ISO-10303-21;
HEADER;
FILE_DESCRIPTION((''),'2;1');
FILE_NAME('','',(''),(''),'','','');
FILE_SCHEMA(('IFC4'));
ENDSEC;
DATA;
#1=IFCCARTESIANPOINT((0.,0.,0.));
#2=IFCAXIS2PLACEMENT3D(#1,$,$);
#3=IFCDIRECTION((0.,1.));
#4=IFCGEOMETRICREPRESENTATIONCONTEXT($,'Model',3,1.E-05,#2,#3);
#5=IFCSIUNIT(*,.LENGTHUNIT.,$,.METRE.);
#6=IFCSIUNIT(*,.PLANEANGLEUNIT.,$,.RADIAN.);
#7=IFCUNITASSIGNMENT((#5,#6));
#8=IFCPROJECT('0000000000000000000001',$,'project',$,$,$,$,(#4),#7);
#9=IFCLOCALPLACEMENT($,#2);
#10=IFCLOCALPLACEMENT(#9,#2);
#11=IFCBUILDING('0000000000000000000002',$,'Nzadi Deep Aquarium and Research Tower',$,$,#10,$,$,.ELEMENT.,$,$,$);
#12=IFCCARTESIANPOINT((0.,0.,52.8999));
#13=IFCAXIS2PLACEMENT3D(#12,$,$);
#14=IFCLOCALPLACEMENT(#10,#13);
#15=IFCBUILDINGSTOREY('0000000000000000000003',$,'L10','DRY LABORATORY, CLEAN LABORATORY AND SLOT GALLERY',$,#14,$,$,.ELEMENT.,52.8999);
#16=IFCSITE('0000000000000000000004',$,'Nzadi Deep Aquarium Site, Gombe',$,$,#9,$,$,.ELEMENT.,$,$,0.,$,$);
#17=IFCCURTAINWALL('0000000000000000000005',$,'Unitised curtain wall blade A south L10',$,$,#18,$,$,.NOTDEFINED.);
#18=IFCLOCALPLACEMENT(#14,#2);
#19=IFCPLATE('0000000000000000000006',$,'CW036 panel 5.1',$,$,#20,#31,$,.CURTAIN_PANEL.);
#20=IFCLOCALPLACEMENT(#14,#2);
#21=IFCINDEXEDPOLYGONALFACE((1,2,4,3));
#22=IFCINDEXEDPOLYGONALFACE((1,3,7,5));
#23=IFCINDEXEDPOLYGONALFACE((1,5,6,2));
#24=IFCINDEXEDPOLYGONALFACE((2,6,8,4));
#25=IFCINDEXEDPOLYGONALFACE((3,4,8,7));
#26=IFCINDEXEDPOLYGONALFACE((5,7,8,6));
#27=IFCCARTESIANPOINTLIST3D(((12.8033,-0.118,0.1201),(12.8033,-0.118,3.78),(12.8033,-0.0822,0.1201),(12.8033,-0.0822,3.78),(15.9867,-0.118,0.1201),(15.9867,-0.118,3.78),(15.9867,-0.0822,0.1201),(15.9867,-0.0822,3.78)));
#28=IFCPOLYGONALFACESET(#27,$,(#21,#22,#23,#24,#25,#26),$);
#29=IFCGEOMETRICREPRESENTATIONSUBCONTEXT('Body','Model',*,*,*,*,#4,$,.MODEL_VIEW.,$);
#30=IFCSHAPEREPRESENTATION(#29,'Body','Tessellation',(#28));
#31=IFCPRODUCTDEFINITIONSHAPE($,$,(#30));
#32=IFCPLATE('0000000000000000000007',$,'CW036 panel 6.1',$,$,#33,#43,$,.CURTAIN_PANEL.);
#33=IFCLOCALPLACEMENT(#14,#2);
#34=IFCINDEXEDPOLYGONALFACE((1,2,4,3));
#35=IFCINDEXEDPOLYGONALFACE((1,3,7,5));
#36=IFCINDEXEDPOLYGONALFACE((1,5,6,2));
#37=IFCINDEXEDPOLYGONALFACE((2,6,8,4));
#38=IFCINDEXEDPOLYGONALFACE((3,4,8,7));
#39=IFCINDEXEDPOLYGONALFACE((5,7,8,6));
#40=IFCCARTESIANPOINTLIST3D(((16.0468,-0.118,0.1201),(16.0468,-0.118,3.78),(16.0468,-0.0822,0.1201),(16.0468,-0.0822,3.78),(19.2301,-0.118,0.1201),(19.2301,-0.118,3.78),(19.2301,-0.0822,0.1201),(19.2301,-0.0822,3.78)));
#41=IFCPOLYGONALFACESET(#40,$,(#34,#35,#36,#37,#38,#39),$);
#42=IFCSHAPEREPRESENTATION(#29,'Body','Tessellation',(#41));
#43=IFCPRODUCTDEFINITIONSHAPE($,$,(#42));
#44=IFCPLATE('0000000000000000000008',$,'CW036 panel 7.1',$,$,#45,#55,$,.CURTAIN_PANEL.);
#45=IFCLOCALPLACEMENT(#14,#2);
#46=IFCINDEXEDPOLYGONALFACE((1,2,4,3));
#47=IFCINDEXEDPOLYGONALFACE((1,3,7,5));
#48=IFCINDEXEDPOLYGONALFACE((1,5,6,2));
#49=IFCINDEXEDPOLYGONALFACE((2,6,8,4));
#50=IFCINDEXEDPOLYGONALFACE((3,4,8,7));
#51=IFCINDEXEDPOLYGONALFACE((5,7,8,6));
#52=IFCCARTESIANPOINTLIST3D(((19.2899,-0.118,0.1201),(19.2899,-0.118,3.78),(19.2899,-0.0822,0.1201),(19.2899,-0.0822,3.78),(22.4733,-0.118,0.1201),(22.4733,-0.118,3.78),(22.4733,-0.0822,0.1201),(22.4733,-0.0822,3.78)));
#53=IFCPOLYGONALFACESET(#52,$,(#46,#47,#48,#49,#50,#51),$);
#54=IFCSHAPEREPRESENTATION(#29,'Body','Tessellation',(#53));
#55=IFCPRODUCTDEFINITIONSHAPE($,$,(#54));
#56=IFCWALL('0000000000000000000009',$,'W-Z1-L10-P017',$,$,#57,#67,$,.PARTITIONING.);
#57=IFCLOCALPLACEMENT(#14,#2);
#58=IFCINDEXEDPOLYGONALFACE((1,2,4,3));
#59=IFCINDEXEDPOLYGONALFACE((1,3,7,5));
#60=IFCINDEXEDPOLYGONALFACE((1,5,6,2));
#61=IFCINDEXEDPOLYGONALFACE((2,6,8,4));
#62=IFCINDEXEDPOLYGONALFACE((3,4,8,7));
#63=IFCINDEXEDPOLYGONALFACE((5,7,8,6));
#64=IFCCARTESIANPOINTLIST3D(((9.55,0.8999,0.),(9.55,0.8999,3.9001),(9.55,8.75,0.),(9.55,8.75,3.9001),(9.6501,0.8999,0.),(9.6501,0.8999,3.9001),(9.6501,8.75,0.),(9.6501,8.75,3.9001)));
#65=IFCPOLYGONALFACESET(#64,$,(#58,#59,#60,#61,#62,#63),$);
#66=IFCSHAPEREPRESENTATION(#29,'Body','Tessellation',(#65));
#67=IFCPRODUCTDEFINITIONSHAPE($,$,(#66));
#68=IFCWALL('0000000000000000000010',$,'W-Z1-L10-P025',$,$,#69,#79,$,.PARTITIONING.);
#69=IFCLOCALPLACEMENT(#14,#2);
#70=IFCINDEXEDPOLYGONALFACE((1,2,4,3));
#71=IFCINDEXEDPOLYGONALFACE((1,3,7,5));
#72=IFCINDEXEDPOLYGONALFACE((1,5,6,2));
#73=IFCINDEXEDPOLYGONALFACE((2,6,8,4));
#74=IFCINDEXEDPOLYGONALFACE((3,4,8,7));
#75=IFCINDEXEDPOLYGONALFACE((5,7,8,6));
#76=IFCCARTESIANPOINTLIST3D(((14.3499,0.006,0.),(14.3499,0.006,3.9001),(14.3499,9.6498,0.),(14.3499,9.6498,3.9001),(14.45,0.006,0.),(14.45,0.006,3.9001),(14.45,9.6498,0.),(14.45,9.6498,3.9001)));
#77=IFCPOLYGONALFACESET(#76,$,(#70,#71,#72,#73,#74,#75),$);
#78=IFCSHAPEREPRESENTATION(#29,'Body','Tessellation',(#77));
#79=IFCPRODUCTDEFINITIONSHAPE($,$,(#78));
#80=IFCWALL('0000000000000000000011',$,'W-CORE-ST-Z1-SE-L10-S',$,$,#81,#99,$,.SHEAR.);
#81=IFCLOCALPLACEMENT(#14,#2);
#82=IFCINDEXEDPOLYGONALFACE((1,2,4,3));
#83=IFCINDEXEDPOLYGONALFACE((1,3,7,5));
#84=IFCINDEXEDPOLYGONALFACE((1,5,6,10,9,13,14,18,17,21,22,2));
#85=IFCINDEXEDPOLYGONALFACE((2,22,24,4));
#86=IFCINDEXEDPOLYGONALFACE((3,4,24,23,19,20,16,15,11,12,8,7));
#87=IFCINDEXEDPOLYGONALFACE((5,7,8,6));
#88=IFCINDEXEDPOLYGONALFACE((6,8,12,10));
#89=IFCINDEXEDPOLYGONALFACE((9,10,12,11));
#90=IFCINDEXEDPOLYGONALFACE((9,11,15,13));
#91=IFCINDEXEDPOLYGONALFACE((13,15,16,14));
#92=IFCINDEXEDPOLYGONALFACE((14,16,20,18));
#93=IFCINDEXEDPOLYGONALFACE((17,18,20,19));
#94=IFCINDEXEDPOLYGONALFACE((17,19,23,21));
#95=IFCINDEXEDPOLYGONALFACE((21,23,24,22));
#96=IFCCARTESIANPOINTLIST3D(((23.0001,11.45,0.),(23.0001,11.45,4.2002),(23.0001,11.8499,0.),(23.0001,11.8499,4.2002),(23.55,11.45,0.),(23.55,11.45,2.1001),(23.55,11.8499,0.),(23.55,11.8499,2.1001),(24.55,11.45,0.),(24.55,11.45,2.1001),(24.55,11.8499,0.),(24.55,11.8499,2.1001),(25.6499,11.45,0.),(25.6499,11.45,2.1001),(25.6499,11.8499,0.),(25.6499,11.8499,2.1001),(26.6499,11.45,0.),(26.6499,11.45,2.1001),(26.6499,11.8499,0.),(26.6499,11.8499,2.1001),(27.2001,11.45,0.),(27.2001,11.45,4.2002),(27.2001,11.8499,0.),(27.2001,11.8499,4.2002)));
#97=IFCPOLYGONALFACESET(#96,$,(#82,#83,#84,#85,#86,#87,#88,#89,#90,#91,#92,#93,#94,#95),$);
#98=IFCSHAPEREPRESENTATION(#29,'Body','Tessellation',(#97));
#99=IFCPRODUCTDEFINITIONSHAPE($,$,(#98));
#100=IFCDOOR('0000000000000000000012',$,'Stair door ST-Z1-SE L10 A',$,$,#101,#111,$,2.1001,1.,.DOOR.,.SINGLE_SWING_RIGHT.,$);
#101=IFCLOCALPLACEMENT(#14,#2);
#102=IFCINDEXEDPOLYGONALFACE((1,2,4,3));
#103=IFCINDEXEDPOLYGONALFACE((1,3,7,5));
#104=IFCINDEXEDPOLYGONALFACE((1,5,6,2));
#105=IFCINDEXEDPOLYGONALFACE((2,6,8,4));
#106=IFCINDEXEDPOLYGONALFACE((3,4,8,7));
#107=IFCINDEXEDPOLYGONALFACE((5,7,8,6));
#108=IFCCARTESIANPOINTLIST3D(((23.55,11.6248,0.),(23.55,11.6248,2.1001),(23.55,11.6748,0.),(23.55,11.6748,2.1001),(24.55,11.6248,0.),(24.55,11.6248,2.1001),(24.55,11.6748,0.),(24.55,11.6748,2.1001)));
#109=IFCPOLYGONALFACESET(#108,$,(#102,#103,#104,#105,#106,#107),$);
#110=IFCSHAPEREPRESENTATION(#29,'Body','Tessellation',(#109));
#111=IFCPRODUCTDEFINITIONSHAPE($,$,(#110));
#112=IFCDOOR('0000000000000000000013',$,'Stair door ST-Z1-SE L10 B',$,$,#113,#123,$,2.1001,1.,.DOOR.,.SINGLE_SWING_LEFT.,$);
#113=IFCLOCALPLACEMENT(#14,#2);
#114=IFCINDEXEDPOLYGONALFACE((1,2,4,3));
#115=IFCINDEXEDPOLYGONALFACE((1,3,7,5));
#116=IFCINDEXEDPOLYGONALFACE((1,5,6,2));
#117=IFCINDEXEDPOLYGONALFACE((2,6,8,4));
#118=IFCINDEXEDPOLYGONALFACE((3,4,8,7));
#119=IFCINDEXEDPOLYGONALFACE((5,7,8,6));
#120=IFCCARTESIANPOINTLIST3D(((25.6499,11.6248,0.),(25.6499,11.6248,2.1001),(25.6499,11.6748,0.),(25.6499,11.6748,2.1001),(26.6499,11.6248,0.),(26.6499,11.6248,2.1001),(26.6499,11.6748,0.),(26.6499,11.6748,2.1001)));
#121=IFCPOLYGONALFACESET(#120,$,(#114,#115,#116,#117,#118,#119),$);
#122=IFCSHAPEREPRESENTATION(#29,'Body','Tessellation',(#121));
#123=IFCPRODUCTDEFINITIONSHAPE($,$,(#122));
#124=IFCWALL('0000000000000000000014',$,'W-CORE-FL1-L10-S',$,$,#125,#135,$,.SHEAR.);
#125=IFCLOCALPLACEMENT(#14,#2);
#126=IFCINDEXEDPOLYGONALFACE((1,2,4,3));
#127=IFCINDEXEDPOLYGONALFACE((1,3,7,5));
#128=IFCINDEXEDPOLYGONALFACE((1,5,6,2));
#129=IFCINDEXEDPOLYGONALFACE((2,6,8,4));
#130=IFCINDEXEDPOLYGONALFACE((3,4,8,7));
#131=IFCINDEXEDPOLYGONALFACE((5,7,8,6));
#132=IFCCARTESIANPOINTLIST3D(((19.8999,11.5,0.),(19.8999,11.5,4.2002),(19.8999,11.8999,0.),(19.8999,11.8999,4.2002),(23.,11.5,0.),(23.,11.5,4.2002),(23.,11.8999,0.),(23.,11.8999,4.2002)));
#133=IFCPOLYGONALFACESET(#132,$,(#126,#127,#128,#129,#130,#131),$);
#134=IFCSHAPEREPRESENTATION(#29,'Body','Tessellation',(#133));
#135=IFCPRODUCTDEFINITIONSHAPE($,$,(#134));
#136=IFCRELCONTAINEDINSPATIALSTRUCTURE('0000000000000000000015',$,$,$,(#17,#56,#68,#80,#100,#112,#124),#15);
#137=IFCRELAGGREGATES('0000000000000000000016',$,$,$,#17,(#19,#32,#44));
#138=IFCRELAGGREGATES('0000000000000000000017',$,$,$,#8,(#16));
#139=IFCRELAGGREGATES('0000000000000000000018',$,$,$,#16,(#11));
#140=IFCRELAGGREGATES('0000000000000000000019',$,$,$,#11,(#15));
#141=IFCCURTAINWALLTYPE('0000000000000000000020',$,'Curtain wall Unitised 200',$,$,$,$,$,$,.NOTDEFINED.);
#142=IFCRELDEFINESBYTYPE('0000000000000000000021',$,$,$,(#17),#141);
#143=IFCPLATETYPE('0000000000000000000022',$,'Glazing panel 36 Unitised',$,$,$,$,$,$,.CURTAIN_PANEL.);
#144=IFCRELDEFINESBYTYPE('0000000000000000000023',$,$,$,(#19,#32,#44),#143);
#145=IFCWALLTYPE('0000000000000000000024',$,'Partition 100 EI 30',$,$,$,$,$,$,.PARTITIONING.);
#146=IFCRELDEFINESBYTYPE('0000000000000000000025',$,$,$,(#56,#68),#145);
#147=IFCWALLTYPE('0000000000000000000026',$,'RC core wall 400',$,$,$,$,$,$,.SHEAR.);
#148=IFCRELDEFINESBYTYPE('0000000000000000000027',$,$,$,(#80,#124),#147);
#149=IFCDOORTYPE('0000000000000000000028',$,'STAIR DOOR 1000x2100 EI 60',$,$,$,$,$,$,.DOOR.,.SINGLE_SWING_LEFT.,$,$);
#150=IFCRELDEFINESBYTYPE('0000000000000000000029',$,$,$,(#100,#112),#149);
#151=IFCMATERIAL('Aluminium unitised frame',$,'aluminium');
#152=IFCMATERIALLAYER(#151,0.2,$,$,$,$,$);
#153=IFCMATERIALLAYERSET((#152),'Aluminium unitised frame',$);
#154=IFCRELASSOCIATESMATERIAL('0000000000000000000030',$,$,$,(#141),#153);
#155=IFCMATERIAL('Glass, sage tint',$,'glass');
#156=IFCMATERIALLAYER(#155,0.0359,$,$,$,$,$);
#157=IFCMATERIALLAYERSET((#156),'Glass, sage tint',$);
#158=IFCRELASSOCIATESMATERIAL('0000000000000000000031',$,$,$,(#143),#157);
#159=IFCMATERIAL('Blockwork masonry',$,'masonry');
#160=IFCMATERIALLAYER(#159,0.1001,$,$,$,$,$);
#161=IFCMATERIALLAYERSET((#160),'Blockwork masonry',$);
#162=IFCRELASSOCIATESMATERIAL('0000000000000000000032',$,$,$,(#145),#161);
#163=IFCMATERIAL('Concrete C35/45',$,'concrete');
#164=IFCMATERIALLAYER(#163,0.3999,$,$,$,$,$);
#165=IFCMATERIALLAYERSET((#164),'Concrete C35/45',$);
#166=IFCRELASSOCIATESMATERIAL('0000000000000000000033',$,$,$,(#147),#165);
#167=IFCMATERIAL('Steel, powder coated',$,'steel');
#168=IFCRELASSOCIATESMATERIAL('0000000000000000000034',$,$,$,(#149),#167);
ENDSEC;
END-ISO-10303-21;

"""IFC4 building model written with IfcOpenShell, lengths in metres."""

from ifc_helpers import new_model, si_unit, direction, frame, frame_2d, origin, origin_2d, place, context, subcontext, project, spatial, rectangle, extrude, material, layer, layer_set, type_object, element, fill, aggregate, save


model = new_model("IFC4")

# Units and contexts
model_context = context("Model", 3, precision=1e-05, world=origin(), true_north=direction((0.0, 1.0)))
body_context = subcontext(model_context, "Body", "Model", "MODEL_VIEW")
ifc_project = project(units=[si_unit("LENGTHUNIT", "METRE"), si_unit("PLANEANGLEUNIT", "RADIAN")], contexts=[model_context])

# Site, building, storey
site_placement = place(None, origin())
site = spatial("IfcSite", under=ifc_project, at=site_placement, Name="Nzadi Deep Aquarium Site, Gombe", CompositionType="ELEMENT", RefElevation=0.0)
building_placement = place(site_placement, origin())
building = spatial("IfcBuilding", under=site, at=building_placement, Name="Nzadi Deep Aquarium and Research Tower", CompositionType="ELEMENT")
storey_placement = place(building_placement, frame((0.0, 0.0, 52.8999)))
storey = spatial("IfcBuildingStorey", under=building, at=storey_placement, Name="L10", Description="DRY LABORATORY, CLEAN LABORATORY AND SLOT GALLERY", CompositionType="ELEMENT", Elevation=52.8999)

# Curtain wall
ifc_material_1 = material(Name="Aluminium unitised frame", Category="aluminium")
ifc_layer_1 = layer(ifc_material_1, 0.2)
ifc_layer_set_1 = layer_set([ifc_layer_1], Name="Aluminium unitised frame")
curtain_wall_type = type_object("IfcCurtainWallType", Name="Curtain wall Unitised 200", PredefinedType="NOTDEFINED", material=ifc_layer_set_1)
curtain_wall_placement = place(storey_placement, origin())
curtain_wall = element("IfcCurtainWall", 1, at=curtain_wall_placement, inside=storey, type_object=curtain_wall_type, Name="Unitised curtain wall blade A south L10", PredefinedType="NOTDEFINED")

# Plates
ifc_material_2 = material(Name="Glass, sage tint", Category="glass")
ifc_layer_2 = layer(ifc_material_2, 0.0359)
ifc_layer_set_2 = layer_set([ifc_layer_2], Name="Glass, sage tint")
plate_type = type_object("IfcPlateType", Name="Glazing panel 36 Unitised", PredefinedType="CURTAIN_PANEL", material=ifc_layer_set_2)
plate_1_placement = place(storey_placement, frame((14.395, -0.1001, 0.1201), z_axis=(0.0, 0.0, 1.0), x_axis=(1.0, 0.0, 0.0)))
plate_1 = element("IfcPlate", 2, at=plate_1_placement, type_object=plate_type, Name="CW036 panel 5.1", PredefinedType="CURTAIN_PANEL", context=body_context, shape_type="SweptSolid", body=[
    extrude(rectangle(XDim=3.1833, YDim=0.0359, at=origin_2d()), origin(), (0.0, 0.0, 1.0), 3.6599),
])
plate_2_placement = place(storey_placement, frame((17.6384, -0.1001, 0.1201), z_axis=(0.0, 0.0, 1.0), x_axis=(1.0, 0.0, 0.0)))
plate_2 = element("IfcPlate", 3, at=plate_2_placement, type_object=plate_type, Name="CW036 panel 6.1", PredefinedType="CURTAIN_PANEL", context=body_context, shape_type="SweptSolid", body=[
    extrude(rectangle(XDim=3.1833, YDim=0.0359, at=origin_2d()), origin(), (0.0, 0.0, 1.0), 3.6599),
])
plate_3_placement = place(storey_placement, frame((20.8816, -0.1001, 0.1201), z_axis=(0.0, 0.0, 1.0), x_axis=(1.0, 0.0, 0.0)))
plate_3 = element("IfcPlate", 4, at=plate_3_placement, type_object=plate_type, Name="CW036 panel 7.1", PredefinedType="CURTAIN_PANEL", context=body_context, shape_type="SweptSolid", body=[
    extrude(rectangle(XDim=3.1833, YDim=0.0359, at=origin_2d()), origin(), (0.0, 0.0, 1.0), 3.6599),
])
aggregate(curtain_wall, [plate_1, plate_2, plate_3])

# Walls
ifc_material_3 = material(Name="Blockwork masonry", Category="masonry")
ifc_layer_3 = layer(ifc_material_3, 0.1001)
ifc_layer_set_3 = layer_set([ifc_layer_3], Name="Blockwork masonry")
wall_type_1 = type_object("IfcWallType", Name="Partition 100 EI 30", PredefinedType="PARTITIONING", material=ifc_layer_set_3)
wall_1_placement = place(storey_placement, frame((9.6001, 0.8999, 0.0), z_axis=(0.0, 0.0, 1.0), x_axis=(0.0, 1.0, 0.0)))
element("IfcWall", 5, at=wall_1_placement, inside=storey, type_object=wall_type_1, Name="W-Z1-L10-P017", PredefinedType="PARTITIONING", context=body_context, shape_type="SweptSolid", body=[
    extrude(rectangle(XDim=7.8501, YDim=0.1001, at=frame_2d((3.925, 0.0))), origin(), (0.0, 0.0, 1.0), 3.9001),
])
wall_2_placement = place(storey_placement, frame((14.3999, 0.0061, 0.0), z_axis=(0.0, 0.0, 1.0), x_axis=(0.0, 1.0, 0.0)))
element("IfcWall", 6, at=wall_2_placement, inside=storey, type_object=wall_type_1, Name="W-Z1-L10-P025", PredefinedType="PARTITIONING", context=body_context, shape_type="SweptSolid", body=[
    extrude(rectangle(XDim=9.6438, YDim=0.1001, at=frame_2d((4.8218, 0.0))), origin(), (0.0, 0.0, 1.0), 3.9001),
])

# Wall, openings, doors
ifc_material_4 = material(Name="Concrete C35/45", Category="concrete")
ifc_layer_4 = layer(ifc_material_4, 0.3999)
ifc_layer_set_4 = layer_set([ifc_layer_4], Name="Concrete C35/45")
wall_type_2 = type_object("IfcWallType", Name="RC core wall 400", PredefinedType="SHEAR", material=ifc_layer_set_4)
wall_3_placement = place(storey_placement, frame((23.0, 11.6499, 0.0), z_axis=(0.0, 0.0, 1.0), x_axis=(1.0, 0.0, 0.0)))
wall_3 = element("IfcWall", 7, at=wall_3_placement, inside=storey, type_object=wall_type_2, Name="W-CORE-ST-Z1-SE-L10-S", PredefinedType="SHEAR", context=body_context, shape_type="SweptSolid", body=[
    extrude(rectangle(XDim=4.2, YDim=0.3999, at=frame_2d((2.1001, 0.0))), origin(), (0.0, 0.0, 1.0), 4.2002),
])
opening_1_placement = place(wall_3_placement, frame((0.55, 0.0, 0.0)))
opening_1 = element("IfcOpeningElement", 8, at=opening_1_placement, cuts=wall_3, PredefinedType="OPENING", context=body_context, shape_type="SweptSolid", body=[
    extrude(rectangle(XDim=1.0, YDim=2.1001, at=frame_2d((0.5, 1.05))), frame((0.0, 0.21, 0.0), z_axis=(0.0, -1.0, 0.0), x_axis=(1.0, 0.0, 0.0)), (0.0, 0.0, 1.0), 0.4199),
])
opening_2_placement = place(wall_3_placement, frame((2.6499, 0.0, 0.0)))
opening_2 = element("IfcOpeningElement", 9, at=opening_2_placement, cuts=wall_3, PredefinedType="OPENING", context=body_context, shape_type="SweptSolid", body=[
    extrude(rectangle(XDim=1.0, YDim=2.1001, at=frame_2d((0.5, 1.05))), frame((0.0, 0.21, 0.0), z_axis=(0.0, -1.0, 0.0), x_axis=(1.0, 0.0, 0.0)), (0.0, 0.0, 1.0), 0.4199),
])
ifc_material_5 = material(Name="Steel, powder coated", Category="steel")
door_type = type_object("IfcDoorType", Name="STAIR DOOR 1000x2100 EI 60", OperationType="SINGLE_SWING_LEFT", PredefinedType="DOOR", material=ifc_material_5)
door_1_placement = place(opening_1_placement, origin())
door_1 = element("IfcDoor", 10, at=door_1_placement, inside=storey, type_object=door_type, Name="Stair door ST-Z1-SE L10 A", OperationType="SINGLE_SWING_RIGHT", OverallHeight=2.1001, OverallWidth=1.0, PredefinedType="DOOR", context=body_context, shape_type="SweptSolid", body=[
    extrude(rectangle(XDim=1.0, YDim=2.1001, at=frame_2d((0.5, 1.05))), frame((0.0, 0.0249, 0.0), z_axis=(0.0, -1.0, 0.0), x_axis=(1.0, 0.0, 0.0)), (0.0, 0.0, 1.0), 0.05),
])
fill(opening_1, door_1)
door_2_placement = place(opening_2_placement, origin())
door_2 = element("IfcDoor", 11, at=door_2_placement, inside=storey, type_object=door_type, Name="Stair door ST-Z1-SE L10 B", OperationType="SINGLE_SWING_LEFT", OverallHeight=2.1001, OverallWidth=1.0, PredefinedType="DOOR", context=body_context, shape_type="SweptSolid", body=[
    extrude(rectangle(XDim=1.0, YDim=2.1001, at=frame_2d((0.5, 1.05))), frame((0.0, 0.0249, 0.0), z_axis=(0.0, -1.0, 0.0), x_axis=(1.0, 0.0, 0.0)), (0.0, 0.0, 1.0), 0.05),
])
fill(opening_2, door_2)

# Wall
wall_4_placement = place(storey_placement, frame((19.8999, 11.7, 0.0), z_axis=(0.0, 0.0, 1.0), x_axis=(1.0, 0.0, 0.0)))
element("IfcWall", 12, at=wall_4_placement, inside=storey, type_object=wall_type_2, Name="W-CORE-FL1-L10-S", PredefinedType="SHEAR", context=body_context, shape_type="SweptSolid", body=[
    extrude(rectangle(XDim=3.1001, YDim=0.3999, at=frame_2d((1.55, 0.0))), origin(), (0.0, 0.0, 1.0), 4.2002),
])

save(model, "model.ifc")
